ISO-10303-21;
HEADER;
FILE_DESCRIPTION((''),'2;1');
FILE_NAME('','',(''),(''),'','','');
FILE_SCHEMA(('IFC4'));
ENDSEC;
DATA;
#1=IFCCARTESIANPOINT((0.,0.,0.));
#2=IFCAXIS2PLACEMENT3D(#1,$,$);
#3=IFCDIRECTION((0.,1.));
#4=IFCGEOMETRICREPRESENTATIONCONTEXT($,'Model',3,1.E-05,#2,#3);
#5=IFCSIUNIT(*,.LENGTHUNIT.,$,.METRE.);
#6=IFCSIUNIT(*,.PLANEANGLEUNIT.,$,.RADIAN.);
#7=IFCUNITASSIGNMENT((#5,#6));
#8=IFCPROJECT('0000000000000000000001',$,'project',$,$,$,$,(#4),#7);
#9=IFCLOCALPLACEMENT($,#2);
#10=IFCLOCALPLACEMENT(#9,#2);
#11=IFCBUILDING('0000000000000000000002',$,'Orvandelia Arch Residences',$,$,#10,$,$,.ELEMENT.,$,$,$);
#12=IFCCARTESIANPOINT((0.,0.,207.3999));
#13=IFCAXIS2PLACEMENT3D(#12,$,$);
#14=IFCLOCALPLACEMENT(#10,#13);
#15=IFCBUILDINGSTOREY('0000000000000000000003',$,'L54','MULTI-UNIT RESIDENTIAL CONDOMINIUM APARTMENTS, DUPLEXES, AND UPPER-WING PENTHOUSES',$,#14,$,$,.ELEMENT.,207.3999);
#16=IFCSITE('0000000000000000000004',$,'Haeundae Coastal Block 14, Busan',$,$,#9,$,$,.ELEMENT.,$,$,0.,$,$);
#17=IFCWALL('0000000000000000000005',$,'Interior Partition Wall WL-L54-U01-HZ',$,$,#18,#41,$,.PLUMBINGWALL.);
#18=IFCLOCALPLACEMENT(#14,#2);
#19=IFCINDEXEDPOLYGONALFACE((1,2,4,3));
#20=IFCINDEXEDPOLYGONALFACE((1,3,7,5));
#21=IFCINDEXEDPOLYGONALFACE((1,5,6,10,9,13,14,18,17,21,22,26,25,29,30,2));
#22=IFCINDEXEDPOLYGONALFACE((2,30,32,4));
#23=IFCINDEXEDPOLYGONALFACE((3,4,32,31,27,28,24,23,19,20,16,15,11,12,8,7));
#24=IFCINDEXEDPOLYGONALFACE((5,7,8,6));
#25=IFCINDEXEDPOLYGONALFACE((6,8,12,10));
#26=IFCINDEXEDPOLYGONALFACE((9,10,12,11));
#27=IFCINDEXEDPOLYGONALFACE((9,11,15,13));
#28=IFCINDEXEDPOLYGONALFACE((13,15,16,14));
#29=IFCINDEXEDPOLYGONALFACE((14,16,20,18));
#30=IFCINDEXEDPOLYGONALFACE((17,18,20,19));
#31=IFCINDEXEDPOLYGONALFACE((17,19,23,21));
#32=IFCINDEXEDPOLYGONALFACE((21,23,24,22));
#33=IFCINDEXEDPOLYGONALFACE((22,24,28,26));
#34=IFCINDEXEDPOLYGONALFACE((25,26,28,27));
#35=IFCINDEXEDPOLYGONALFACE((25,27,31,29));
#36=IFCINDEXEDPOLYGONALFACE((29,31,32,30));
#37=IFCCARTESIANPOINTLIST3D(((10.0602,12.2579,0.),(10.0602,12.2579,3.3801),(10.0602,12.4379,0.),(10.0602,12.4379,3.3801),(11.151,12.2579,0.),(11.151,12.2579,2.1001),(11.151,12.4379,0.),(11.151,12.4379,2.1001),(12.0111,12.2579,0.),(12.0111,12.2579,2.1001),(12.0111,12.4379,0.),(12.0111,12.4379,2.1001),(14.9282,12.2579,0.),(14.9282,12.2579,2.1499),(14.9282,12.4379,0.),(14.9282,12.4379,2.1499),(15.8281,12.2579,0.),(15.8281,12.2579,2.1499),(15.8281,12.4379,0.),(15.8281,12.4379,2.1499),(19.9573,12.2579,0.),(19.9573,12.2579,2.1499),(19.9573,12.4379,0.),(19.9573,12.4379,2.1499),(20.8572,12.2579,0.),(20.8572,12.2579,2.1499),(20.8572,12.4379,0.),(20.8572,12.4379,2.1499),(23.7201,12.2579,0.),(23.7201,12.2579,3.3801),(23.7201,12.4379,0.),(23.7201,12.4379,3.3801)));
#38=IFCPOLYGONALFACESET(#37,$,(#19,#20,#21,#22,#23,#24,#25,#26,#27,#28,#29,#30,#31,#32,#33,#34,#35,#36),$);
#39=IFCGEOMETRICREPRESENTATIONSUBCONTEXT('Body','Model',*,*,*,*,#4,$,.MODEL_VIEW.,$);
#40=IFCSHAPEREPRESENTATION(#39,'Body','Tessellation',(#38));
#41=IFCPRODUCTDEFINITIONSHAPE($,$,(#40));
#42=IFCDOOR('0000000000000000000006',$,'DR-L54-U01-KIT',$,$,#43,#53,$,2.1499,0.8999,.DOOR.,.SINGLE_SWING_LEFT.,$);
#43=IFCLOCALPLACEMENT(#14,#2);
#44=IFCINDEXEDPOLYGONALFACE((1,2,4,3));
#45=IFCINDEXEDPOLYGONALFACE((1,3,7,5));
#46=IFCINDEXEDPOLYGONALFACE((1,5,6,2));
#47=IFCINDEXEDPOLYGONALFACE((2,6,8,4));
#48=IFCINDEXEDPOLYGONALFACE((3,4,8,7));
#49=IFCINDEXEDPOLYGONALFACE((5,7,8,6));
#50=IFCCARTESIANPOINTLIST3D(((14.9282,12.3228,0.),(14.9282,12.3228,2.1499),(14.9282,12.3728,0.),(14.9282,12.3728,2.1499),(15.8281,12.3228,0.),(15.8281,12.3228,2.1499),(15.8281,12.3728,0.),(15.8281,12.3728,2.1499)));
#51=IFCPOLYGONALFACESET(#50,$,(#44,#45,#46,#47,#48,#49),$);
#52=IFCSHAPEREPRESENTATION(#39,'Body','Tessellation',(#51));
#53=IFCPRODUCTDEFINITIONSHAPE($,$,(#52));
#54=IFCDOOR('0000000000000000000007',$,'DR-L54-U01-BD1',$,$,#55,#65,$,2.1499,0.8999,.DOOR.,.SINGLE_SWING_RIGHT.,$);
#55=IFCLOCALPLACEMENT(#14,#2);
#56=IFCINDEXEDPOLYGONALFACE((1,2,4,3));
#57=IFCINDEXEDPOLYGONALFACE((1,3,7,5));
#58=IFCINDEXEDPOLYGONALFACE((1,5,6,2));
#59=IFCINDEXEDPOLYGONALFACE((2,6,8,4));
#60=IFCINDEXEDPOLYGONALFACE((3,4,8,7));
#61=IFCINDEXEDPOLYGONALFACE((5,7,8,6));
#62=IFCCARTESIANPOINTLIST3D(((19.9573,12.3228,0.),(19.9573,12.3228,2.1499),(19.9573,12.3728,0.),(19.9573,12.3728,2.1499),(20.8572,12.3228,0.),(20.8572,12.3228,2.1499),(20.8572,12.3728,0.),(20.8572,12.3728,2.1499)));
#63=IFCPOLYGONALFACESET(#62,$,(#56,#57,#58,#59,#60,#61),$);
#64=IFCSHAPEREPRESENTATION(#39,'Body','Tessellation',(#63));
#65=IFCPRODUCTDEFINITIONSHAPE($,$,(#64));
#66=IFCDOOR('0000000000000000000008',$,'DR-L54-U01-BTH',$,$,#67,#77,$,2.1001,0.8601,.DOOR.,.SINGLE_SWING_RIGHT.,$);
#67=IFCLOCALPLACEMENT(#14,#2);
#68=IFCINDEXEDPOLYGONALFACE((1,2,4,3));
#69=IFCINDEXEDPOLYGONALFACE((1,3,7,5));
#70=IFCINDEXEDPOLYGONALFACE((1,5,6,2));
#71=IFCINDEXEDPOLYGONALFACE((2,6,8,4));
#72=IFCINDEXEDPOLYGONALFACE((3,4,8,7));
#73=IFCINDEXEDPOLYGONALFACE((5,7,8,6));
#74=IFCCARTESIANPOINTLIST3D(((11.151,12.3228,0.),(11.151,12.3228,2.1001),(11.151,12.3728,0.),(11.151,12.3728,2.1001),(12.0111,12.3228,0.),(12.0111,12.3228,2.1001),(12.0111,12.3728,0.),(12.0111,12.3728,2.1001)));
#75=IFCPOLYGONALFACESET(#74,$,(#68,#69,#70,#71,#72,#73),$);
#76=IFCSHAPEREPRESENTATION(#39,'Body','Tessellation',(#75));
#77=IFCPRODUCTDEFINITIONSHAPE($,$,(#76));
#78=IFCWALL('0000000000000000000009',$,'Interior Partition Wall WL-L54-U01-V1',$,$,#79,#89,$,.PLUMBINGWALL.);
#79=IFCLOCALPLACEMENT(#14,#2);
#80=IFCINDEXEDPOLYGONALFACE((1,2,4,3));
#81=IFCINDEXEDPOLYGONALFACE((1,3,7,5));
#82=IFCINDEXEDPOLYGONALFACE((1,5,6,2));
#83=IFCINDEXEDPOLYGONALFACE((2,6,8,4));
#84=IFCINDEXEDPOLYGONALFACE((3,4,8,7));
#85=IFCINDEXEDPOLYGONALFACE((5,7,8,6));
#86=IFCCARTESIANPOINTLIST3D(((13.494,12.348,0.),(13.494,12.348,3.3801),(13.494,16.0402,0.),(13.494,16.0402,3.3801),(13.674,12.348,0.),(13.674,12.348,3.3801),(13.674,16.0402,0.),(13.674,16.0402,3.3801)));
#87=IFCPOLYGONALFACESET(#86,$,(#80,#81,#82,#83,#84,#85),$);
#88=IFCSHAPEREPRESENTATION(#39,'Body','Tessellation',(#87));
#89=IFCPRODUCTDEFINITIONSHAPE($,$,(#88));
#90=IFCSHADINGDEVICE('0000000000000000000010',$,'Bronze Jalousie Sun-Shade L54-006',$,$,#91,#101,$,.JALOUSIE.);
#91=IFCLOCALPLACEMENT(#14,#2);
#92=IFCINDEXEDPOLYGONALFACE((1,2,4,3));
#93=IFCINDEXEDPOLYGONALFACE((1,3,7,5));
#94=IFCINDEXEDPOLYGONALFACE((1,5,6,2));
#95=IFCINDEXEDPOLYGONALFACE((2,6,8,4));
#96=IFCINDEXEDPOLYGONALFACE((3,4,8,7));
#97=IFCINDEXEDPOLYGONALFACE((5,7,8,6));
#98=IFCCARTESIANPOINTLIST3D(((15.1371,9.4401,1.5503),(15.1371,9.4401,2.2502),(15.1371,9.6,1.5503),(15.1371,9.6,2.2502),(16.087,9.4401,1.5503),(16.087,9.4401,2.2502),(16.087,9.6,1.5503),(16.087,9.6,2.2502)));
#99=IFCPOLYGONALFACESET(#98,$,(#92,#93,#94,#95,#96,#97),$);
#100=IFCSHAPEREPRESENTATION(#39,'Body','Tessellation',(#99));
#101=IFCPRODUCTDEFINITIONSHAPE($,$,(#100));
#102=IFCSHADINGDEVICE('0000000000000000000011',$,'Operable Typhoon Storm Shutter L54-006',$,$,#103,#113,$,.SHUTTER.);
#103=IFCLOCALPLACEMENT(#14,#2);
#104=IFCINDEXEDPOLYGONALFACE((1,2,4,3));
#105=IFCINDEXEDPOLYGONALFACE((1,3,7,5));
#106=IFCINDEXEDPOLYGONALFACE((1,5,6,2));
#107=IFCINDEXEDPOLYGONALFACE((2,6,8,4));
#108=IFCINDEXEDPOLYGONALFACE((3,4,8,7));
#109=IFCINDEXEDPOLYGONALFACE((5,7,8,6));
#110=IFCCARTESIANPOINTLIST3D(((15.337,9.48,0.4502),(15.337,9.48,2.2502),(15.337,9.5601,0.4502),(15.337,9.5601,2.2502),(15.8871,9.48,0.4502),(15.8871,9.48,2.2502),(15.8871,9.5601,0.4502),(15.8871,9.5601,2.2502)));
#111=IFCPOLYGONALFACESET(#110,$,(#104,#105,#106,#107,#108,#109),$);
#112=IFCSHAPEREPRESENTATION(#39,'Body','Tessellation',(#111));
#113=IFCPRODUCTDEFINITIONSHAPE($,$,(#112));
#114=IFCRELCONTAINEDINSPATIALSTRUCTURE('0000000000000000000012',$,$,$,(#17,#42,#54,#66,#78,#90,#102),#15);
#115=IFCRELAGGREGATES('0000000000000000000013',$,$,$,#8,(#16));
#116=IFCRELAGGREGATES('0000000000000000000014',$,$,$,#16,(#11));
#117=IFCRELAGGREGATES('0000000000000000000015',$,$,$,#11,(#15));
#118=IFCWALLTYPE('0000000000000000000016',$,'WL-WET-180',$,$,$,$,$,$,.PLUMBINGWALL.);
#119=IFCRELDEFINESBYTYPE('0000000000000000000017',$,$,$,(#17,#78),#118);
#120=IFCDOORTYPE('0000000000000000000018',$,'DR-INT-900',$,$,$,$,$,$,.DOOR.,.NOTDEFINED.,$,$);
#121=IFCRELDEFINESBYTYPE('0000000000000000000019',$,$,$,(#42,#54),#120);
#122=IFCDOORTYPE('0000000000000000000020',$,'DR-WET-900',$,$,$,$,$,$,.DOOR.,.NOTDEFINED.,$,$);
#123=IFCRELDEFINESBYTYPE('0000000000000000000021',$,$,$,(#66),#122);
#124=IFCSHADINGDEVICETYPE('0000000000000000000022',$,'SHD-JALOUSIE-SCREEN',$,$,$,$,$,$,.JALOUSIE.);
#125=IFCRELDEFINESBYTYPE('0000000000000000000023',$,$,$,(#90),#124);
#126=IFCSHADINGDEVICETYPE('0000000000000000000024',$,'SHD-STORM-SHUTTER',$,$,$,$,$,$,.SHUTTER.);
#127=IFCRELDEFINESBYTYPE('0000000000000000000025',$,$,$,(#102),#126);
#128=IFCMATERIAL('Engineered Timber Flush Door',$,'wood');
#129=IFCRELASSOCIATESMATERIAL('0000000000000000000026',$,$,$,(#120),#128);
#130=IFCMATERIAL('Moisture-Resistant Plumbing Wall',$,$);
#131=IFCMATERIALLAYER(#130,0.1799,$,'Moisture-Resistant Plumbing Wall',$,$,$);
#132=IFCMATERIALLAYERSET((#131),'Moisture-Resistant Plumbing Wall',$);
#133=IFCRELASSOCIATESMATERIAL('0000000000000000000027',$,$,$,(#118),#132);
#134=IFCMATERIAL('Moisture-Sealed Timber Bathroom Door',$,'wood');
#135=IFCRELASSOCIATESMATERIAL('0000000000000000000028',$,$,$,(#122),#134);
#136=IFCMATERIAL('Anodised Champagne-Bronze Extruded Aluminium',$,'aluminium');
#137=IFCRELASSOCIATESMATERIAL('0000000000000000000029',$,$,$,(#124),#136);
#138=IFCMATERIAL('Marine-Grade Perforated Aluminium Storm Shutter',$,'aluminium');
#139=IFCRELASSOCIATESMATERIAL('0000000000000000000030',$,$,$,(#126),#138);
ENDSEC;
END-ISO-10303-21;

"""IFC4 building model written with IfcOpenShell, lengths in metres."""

from ifc_helpers import new_model, si_unit, direction, frame, frame_2d, origin, origin_2d, place, context, subcontext, project, spatial, rectangle, extrude, material, layer, layer_set, type_object, element, fill, save


model = new_model("IFC4")

# Units and contexts
model_context = context("Model", 3, precision=1e-05, world=origin(), true_north=direction((0.0, 1.0)))
body_context = subcontext(model_context, "Body", "Model", "MODEL_VIEW")
ifc_project = project(units=[si_unit("LENGTHUNIT", "METRE"), si_unit("PLANEANGLEUNIT", "RADIAN")], contexts=[model_context])

# Site, building, storey
site_placement = place(None, origin())
site = spatial("IfcSite", under=ifc_project, at=site_placement, Name="Haeundae Coastal Block 14, Busan", CompositionType="ELEMENT", RefElevation=0.0)
building_placement = place(site_placement, origin())
building = spatial("IfcBuilding", under=site, at=building_placement, Name="Orvandelia Arch Residences", CompositionType="ELEMENT")
storey_placement = place(building_placement, frame((0.0, 0.0, 207.3999)))
storey = spatial("IfcBuildingStorey", under=building, at=storey_placement, Name="L54", Description="MULTI-UNIT RESIDENTIAL CONDOMINIUM APARTMENTS, DUPLEXES, AND UPPER-WING PENTHOUSES", CompositionType="ELEMENT", Elevation=207.3999)

# Shared definitions
ifc_material_1 = material(Name="Engineered Timber Flush Door", Category="wood")
door_type_1 = type_object("IfcDoorType", Name="DR-INT-900", OperationType="NOTDEFINED", PredefinedType="DOOR", material=ifc_material_1)

# Wall, openings, doors
ifc_material_2 = material(Name="Moisture-Resistant Plumbing Wall")
ifc_layer_1 = layer(ifc_material_2, 0.1799, Name="Moisture-Resistant Plumbing Wall")
ifc_layer_set_1 = layer_set([ifc_layer_1], Name="Moisture-Resistant Plumbing Wall")
wall_type_1 = type_object("IfcWallType", Name="WL-WET-180", PredefinedType="PLUMBINGWALL", material=ifc_layer_set_1)
wall_1_placement = place(storey_placement, frame((10.0601, 12.3479, 0.0), z_axis=(0.0, 0.0, 1.0), x_axis=(1.0, 0.0, 0.0)))
wall_1 = element("IfcWall", 1, at=wall_1_placement, inside=storey, type_object=wall_type_1, Name="Interior Partition Wall WL-L54-U01-HZ", PredefinedType="PLUMBINGWALL", context=body_context, shape_type="SweptSolid", body=[
    extrude(rectangle(XDim=13.6599, YDim=0.1799, at=frame_2d((6.8301, 0.0))), origin(), (0.0, 0.0, 1.0), 3.3801),
])
opening_1_placement = place(wall_1_placement, frame((1.0908, 0.0, 0.0)))
opening_1 = element("IfcOpeningElement", 2, at=opening_1_placement, cuts=wall_1, PredefinedType="OPENING", context=body_context, shape_type="SweptSolid", body=[
    extrude(rectangle(XDim=0.8601, YDim=2.1001, at=frame_2d((0.4302, 1.05))), frame((0.0, 0.1001, 0.0), z_axis=(0.0, -1.0, 0.0), x_axis=(1.0, 0.0, 0.0)), (0.0, 0.0, 1.0), 0.2),
])
opening_2_placement = place(wall_1_placement, frame((4.8682, 0.0, 0.0)))
opening_2 = element("IfcOpeningElement", 3, at=opening_2_placement, cuts=wall_1, PredefinedType="OPENING", context=body_context, shape_type="SweptSolid", body=[
    extrude(rectangle(XDim=0.8999, YDim=2.1499, at=frame_2d((0.45, 1.075))), frame((0.0, 0.1001, 0.0), z_axis=(0.0, -1.0, 0.0), x_axis=(1.0, 0.0, 0.0)), (0.0, 0.0, 1.0), 0.2),
])
opening_3_placement = place(wall_1_placement, frame((9.8972, 0.0, 0.0)))
opening_3 = element("IfcOpeningElement", 4, at=opening_3_placement, cuts=wall_1, PredefinedType="OPENING", context=body_context, shape_type="SweptSolid", body=[
    extrude(rectangle(XDim=0.8999, YDim=2.1499, at=frame_2d((0.45, 1.075))), frame((0.0, 0.1001, 0.0), z_axis=(0.0, -1.0, 0.0), x_axis=(1.0, 0.0, 0.0)), (0.0, 0.0, 1.0), 0.2),
])
door_1_placement = place(opening_2_placement, origin())
door_1 = element("IfcDoor", 5, at=door_1_placement, inside=storey, type_object=door_type_1, Name="DR-L54-U01-KIT", OperationType="SINGLE_SWING_LEFT", OverallHeight=2.1499, OverallWidth=0.8999, PredefinedType="DOOR", context=body_context, shape_type="SweptSolid", body=[
    extrude(rectangle(XDim=0.8999, YDim=2.1499, at=frame_2d((0.45, 1.075))), frame((0.0, 0.0249, 0.0), z_axis=(0.0, -1.0, 0.0), x_axis=(1.0, 0.0, 0.0)), (0.0, 0.0, 1.0), 0.05),
])
fill(opening_2, door_1)
door_2_placement = place(opening_3_placement, origin())
door_2 = element("IfcDoor", 6, at=door_2_placement, inside=storey, type_object=door_type_1, Name="DR-L54-U01-BD1", OperationType="SINGLE_SWING_RIGHT", OverallHeight=2.1499, OverallWidth=0.8999, PredefinedType="DOOR", context=body_context, shape_type="SweptSolid", body=[
    extrude(rectangle(XDim=0.8999, YDim=2.1499, at=frame_2d((0.45, 1.075))), frame((0.0, 0.0249, 0.0), z_axis=(0.0, -1.0, 0.0), x_axis=(1.0, 0.0, 0.0)), (0.0, 0.0, 1.0), 0.05),
])
fill(opening_3, door_2)
ifc_material_3 = material(Name="Moisture-Sealed Timber Bathroom Door", Category="wood")
door_type_2 = type_object("IfcDoorType", Name="DR-WET-900", OperationType="NOTDEFINED", PredefinedType="DOOR", material=ifc_material_3)
door_3_placement = place(opening_1_placement, origin())
door_3 = element("IfcDoor", 7, at=door_3_placement, inside=storey, type_object=door_type_2, Name="DR-L54-U01-BTH", OperationType="SINGLE_SWING_RIGHT", OverallHeight=2.1001, OverallWidth=0.8601, PredefinedType="DOOR", context=body_context, shape_type="SweptSolid", body=[
    extrude(rectangle(XDim=0.8601, YDim=2.1001, at=frame_2d((0.4302, 1.05))), frame((0.0, 0.0249, 0.0), z_axis=(0.0, -1.0, 0.0), x_axis=(1.0, 0.0, 0.0)), (0.0, 0.0, 1.0), 0.05),
])
fill(opening_1, door_3)

# Wall
wall_2_placement = place(storey_placement, frame((13.584, 12.3479, 0.0), z_axis=(0.0, 0.0, 1.0), x_axis=(0.0, 1.0, 0.0)))
element("IfcWall", 8, at=wall_2_placement, inside=storey, type_object=wall_type_1, Name="Interior Partition Wall WL-L54-U01-V1", PredefinedType="PLUMBINGWALL", context=body_context, shape_type="SweptSolid", body=[
    extrude(rectangle(XDim=3.6921, YDim=0.1799, at=frame_2d((1.8462, 0.0))), origin(), (0.0, 0.0, 1.0), 3.3801),
])

# Shading devices
ifc_material_4 = material(Name="Anodised Champagne-Bronze Extruded Aluminium", Category="aluminium")
shading_device_type_1 = type_object("IfcShadingDeviceType", Name="SHD-JALOUSIE-SCREEN", PredefinedType="JALOUSIE", material=ifc_material_4)
shading_device_1_placement = place(storey_placement, frame((15.6121, 9.52, 1.5503), z_axis=(0.0, 0.0, 1.0), x_axis=(-1.0, 0.0, 0.0)))
element("IfcShadingDevice", 9, at=shading_device_1_placement, inside=storey, type_object=shading_device_type_1, Name="Bronze Jalousie Sun-Shade L54-006", PredefinedType="JALOUSIE", context=body_context, shape_type="SweptSolid", body=[
    extrude(rectangle(XDim=0.95, YDim=0.1599, at=origin_2d()), origin(), (0.0, 0.0, 1.0), 0.7),
])
ifc_material_5 = material(Name="Marine-Grade Perforated Aluminium Storm Shutter", Category="aluminium")
shading_device_type_2 = type_object("IfcShadingDeviceType", Name="SHD-STORM-SHUTTER", PredefinedType="SHUTTER", material=ifc_material_5)
shading_device_2_placement = place(storey_placement, frame((15.6121, 9.52, 0.4502), z_axis=(0.0, 0.0, 1.0), x_axis=(-1.0, 0.0, 0.0)))
element("IfcShadingDevice", 10, at=shading_device_2_placement, inside=storey, type_object=shading_device_type_2, Name="Operable Typhoon Storm Shutter L54-006", PredefinedType="SHUTTER", context=body_context, shape_type="SweptSolid", body=[
    extrude(rectangle(XDim=0.55, YDim=0.0801, at=origin_2d()), origin(), (0.0, 0.0, 1.0), 1.8),
])

save(model, "model.ifc")
